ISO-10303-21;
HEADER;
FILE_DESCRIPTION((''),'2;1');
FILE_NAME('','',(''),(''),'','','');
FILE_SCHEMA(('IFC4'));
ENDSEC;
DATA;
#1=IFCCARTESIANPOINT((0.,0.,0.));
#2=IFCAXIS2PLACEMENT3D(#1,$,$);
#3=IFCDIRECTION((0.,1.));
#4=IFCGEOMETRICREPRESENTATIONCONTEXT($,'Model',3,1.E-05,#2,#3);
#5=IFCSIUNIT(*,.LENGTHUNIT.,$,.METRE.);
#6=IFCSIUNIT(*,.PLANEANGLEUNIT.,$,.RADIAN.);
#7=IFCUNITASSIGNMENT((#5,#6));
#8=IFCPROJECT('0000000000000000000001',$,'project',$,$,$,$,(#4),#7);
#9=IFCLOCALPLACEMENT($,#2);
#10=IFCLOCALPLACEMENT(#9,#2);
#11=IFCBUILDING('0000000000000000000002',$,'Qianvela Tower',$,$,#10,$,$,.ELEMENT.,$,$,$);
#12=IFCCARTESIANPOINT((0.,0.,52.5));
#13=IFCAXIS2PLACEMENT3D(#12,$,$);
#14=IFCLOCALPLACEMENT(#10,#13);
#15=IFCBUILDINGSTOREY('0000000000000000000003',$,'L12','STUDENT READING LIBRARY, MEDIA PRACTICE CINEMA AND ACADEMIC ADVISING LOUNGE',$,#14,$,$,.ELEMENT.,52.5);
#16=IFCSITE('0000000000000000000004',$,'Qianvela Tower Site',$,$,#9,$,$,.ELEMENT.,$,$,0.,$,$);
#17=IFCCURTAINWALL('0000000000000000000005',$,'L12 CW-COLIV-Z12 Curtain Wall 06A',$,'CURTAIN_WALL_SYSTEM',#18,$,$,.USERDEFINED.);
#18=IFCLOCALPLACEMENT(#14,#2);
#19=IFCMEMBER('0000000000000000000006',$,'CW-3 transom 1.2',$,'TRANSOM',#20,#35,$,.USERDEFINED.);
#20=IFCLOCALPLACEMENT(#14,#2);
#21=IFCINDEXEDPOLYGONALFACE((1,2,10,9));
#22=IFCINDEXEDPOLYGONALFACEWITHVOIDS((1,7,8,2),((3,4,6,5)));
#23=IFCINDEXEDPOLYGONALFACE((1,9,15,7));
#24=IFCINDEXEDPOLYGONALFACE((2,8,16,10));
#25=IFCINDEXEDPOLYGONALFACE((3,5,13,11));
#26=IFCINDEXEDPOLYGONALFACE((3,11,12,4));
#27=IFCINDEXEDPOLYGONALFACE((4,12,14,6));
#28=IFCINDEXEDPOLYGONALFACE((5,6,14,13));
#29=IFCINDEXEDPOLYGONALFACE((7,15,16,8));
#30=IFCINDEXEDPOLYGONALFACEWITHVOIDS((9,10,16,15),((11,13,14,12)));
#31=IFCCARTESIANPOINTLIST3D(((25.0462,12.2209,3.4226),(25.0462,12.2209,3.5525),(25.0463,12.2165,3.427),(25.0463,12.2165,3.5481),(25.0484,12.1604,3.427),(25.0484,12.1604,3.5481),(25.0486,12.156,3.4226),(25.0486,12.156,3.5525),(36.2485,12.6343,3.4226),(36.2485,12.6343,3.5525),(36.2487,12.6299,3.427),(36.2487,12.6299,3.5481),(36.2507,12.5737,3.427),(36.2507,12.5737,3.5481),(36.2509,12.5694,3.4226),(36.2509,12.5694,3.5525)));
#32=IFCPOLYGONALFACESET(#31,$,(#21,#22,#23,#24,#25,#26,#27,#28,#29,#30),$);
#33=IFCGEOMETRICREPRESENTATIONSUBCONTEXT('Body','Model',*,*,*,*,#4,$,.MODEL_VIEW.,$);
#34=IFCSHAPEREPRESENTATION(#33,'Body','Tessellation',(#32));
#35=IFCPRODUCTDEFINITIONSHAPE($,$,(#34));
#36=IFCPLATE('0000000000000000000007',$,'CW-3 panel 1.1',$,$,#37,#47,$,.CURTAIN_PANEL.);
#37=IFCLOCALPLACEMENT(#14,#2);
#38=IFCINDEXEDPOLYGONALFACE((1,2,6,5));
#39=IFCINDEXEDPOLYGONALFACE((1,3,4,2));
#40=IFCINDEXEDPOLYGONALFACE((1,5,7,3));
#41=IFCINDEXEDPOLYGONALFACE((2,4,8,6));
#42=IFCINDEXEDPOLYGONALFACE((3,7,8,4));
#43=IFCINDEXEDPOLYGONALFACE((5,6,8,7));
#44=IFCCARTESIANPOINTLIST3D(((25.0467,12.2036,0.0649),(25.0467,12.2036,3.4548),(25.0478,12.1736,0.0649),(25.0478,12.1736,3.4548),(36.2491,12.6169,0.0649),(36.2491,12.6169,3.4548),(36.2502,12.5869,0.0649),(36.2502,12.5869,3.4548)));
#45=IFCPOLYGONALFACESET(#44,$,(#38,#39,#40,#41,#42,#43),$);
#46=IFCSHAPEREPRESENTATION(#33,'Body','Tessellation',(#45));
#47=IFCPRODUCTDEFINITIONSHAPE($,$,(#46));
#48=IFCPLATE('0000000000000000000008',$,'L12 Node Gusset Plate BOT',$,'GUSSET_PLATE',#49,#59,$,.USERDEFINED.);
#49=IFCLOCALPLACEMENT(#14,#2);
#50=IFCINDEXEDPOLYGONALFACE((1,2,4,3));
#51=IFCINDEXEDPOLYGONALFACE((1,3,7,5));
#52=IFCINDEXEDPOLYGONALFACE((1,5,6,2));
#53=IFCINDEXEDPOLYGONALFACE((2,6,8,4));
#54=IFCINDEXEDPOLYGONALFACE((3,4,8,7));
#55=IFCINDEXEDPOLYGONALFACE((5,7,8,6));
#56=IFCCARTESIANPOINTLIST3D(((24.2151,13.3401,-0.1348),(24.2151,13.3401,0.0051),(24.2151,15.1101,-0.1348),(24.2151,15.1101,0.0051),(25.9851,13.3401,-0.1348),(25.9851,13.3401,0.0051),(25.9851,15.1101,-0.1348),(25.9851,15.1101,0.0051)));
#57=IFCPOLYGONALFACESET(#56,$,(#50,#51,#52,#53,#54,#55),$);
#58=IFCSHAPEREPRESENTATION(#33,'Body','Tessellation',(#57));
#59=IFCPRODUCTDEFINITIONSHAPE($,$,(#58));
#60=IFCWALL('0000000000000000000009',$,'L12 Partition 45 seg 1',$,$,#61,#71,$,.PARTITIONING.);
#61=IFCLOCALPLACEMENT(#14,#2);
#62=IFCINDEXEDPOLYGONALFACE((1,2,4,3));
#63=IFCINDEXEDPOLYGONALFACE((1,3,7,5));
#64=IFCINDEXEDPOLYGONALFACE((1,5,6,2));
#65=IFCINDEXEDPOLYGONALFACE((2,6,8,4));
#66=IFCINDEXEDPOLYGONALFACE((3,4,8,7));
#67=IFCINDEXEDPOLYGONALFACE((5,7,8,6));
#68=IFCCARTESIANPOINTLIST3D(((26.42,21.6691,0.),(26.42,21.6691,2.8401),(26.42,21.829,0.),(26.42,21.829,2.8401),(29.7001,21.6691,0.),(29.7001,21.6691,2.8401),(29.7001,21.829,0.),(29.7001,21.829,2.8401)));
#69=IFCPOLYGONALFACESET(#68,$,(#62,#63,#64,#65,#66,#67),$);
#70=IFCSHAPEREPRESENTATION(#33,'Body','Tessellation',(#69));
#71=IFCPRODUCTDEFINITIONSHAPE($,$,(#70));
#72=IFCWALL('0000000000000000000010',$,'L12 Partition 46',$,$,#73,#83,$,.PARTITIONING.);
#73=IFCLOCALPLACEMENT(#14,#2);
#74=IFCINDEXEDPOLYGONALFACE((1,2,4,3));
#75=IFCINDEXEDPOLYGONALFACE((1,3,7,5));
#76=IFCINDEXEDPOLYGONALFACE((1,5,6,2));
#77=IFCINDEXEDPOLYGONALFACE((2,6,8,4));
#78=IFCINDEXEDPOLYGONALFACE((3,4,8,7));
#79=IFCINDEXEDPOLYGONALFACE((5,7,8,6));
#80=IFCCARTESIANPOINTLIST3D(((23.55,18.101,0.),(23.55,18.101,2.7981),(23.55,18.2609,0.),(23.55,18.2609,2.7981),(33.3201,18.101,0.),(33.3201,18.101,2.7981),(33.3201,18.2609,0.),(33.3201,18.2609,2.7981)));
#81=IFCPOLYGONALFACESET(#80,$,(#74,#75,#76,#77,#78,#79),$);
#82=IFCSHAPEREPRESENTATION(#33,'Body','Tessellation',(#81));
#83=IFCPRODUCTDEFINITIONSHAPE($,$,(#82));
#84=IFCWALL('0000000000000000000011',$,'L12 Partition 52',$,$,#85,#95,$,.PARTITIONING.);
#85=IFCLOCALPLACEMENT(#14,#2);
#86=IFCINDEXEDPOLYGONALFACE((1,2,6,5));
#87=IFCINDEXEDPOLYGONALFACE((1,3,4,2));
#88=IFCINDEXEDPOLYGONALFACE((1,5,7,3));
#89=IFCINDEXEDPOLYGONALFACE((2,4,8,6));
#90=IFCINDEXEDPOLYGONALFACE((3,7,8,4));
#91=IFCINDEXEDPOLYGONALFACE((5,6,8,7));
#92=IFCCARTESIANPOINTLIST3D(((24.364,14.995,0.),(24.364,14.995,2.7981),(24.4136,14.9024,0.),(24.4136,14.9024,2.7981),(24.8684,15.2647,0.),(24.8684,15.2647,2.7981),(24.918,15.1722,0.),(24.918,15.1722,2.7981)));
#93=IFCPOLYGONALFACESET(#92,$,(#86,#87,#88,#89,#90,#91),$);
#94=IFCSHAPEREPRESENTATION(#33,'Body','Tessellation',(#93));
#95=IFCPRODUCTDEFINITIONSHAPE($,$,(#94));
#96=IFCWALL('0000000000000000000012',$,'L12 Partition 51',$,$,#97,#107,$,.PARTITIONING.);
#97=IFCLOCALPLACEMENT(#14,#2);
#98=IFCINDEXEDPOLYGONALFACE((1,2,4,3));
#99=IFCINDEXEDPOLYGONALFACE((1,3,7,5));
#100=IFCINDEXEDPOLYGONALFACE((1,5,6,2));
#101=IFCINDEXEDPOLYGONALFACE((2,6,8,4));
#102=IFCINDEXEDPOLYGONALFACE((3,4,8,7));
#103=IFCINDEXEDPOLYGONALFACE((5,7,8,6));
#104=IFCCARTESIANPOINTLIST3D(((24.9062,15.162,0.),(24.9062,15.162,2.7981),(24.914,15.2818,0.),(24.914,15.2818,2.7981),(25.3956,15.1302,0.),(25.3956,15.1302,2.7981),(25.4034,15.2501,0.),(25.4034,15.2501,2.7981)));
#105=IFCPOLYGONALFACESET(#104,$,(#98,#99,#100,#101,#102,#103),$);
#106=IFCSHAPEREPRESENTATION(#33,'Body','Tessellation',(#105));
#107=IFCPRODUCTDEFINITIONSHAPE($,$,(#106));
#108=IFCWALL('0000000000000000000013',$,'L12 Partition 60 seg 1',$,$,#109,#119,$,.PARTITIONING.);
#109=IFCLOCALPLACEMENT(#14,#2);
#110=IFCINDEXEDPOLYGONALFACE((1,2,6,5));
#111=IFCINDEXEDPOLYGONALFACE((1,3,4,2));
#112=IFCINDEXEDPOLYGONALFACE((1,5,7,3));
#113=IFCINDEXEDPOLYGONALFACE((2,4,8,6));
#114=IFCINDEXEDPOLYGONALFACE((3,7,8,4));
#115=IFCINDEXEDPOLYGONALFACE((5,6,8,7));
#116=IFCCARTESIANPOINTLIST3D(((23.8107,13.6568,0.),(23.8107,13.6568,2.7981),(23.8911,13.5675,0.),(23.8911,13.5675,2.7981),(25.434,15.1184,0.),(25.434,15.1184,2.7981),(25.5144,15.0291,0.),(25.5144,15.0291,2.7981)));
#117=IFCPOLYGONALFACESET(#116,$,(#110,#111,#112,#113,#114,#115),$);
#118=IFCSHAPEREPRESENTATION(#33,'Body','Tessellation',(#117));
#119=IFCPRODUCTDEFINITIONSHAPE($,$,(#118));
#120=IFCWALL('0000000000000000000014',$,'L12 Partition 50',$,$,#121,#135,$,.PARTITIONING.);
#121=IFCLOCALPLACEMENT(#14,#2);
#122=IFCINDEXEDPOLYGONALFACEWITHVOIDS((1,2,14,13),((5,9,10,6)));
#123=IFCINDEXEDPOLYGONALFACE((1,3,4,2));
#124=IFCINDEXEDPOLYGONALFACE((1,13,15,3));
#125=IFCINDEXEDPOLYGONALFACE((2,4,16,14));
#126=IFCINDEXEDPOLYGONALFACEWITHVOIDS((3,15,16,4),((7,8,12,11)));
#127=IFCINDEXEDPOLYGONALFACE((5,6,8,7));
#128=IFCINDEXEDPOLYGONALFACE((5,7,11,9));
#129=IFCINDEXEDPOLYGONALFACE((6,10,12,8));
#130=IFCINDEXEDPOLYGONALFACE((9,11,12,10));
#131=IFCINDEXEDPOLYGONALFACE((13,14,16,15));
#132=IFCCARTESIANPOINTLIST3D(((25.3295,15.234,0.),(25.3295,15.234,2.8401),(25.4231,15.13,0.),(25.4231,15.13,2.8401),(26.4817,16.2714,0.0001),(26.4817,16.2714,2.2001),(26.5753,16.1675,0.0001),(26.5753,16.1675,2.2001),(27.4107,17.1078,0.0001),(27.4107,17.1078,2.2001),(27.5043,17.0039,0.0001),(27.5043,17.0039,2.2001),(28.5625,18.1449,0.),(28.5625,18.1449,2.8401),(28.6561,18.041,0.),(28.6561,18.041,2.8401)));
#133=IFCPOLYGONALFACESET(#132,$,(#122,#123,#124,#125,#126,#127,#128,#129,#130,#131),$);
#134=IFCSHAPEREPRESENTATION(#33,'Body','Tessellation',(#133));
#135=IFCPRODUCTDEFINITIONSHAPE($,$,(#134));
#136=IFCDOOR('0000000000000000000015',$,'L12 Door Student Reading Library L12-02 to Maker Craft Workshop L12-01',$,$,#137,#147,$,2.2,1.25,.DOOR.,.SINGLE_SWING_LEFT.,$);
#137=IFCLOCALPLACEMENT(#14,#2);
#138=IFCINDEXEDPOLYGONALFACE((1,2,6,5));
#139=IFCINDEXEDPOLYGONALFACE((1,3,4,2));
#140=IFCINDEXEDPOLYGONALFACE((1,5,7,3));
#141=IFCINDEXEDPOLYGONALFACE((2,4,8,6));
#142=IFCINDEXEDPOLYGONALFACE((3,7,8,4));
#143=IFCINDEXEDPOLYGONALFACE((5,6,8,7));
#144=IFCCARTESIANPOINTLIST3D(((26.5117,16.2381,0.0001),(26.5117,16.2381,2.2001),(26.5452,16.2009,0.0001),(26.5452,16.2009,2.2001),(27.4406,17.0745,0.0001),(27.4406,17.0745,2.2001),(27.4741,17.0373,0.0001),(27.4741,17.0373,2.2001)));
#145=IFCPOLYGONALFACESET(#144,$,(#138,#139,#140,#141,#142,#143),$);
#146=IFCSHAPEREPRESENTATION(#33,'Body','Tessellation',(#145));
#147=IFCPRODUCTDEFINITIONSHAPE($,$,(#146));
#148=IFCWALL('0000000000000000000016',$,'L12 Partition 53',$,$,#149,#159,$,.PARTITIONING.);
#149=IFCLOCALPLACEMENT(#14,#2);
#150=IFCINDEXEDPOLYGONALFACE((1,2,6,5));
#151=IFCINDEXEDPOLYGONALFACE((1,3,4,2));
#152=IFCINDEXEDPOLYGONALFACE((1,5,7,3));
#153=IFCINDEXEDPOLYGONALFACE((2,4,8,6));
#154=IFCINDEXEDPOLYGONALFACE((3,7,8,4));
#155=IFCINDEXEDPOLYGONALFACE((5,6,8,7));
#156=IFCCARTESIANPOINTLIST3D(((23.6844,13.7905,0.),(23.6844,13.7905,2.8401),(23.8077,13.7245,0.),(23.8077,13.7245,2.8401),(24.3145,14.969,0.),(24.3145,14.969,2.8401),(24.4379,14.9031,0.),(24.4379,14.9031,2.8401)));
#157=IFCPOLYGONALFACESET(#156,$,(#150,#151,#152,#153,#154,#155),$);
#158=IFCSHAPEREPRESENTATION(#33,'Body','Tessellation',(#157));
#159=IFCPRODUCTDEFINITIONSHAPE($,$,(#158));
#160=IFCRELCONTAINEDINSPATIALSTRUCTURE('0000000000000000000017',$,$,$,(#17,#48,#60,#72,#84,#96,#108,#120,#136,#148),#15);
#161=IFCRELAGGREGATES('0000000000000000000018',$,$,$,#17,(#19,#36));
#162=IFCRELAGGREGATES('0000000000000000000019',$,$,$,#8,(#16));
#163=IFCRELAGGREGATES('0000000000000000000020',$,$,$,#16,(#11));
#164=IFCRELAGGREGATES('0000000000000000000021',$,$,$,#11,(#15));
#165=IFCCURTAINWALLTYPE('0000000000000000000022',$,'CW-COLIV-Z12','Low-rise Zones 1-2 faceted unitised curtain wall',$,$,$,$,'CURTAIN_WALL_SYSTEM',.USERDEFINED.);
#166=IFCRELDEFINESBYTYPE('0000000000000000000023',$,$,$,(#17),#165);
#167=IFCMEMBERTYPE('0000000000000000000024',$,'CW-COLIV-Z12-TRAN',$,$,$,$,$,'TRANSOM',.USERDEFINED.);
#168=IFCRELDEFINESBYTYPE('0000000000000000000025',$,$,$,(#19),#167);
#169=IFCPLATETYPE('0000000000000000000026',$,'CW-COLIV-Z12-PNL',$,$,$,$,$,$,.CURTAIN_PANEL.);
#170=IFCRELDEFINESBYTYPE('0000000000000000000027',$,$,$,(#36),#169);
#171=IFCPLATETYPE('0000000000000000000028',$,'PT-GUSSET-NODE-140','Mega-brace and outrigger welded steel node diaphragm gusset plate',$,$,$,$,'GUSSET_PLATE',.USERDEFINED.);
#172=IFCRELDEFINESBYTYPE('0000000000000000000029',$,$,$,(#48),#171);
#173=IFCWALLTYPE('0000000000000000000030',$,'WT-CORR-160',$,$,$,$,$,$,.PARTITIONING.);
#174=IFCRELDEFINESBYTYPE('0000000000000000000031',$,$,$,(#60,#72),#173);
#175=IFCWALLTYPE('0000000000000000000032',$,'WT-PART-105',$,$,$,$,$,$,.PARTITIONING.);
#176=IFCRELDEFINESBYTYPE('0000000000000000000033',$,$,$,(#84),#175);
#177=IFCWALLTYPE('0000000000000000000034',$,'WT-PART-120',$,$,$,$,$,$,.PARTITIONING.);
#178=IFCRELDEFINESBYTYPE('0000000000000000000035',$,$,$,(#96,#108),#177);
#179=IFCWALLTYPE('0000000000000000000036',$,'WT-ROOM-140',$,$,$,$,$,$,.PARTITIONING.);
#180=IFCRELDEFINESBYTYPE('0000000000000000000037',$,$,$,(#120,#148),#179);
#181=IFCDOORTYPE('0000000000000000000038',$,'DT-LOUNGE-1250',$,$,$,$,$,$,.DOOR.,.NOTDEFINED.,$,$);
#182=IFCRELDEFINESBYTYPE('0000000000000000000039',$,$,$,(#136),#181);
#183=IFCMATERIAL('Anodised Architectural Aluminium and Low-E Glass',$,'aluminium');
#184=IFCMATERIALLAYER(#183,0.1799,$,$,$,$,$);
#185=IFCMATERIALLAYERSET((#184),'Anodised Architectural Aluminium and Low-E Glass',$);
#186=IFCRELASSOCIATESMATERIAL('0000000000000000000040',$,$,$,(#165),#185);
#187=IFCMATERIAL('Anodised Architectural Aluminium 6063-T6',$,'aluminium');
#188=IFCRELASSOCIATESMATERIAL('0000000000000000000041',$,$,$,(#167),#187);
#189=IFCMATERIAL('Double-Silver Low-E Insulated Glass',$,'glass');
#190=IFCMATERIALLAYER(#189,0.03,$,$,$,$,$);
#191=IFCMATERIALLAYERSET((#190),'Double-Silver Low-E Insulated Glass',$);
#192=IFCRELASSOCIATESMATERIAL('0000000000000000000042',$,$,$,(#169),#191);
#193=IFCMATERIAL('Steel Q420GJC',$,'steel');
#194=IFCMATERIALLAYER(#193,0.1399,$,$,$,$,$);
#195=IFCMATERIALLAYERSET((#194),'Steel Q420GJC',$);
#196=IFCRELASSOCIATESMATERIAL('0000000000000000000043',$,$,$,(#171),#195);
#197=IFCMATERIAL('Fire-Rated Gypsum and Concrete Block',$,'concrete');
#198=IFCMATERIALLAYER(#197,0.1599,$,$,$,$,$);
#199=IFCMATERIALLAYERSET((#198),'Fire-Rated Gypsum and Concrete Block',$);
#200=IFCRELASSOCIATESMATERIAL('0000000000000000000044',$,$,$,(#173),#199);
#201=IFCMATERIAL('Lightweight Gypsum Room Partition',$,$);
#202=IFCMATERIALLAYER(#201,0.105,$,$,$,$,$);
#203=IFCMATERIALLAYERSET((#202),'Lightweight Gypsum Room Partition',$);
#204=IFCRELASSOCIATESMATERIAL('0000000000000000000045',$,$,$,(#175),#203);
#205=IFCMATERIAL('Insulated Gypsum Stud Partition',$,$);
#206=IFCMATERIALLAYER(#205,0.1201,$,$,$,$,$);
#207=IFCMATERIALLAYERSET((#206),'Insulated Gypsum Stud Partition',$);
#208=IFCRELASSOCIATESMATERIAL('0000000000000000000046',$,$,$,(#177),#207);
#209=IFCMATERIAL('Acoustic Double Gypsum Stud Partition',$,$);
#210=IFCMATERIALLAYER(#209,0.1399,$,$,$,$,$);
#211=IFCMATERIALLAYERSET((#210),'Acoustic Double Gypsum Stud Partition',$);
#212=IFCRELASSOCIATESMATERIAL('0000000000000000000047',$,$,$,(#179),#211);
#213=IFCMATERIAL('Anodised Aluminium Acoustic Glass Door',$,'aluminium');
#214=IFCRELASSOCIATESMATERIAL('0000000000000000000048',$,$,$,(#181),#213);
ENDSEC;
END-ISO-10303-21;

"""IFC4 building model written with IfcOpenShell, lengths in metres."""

from ifc_helpers import new_model, si_unit, direction, frame, frame_2d, origin, origin_2d, place, context, subcontext, project, spatial, rectangle, hollow_rectangle, extrude, material, layer, layer_set, material_profile, profile_set, type_object, element, fill, aggregate, save


model = new_model("IFC4")

# Units and contexts
model_context = context("Model", 3, precision=1e-05, world=origin(), true_north=direction((0.0, 1.0)))
body_context = subcontext(model_context, "Body", "Model", "MODEL_VIEW")
ifc_project = project(units=[si_unit("LENGTHUNIT", "METRE"), si_unit("PLANEANGLEUNIT", "RADIAN")], contexts=[model_context])

# Site, building, storey
site_placement = place(None, origin())
site = spatial("IfcSite", under=ifc_project, at=site_placement, Name="Qianvela Tower Site", CompositionType="ELEMENT", RefElevation=0.0)
building_placement = place(site_placement, origin())
building = spatial("IfcBuilding", under=site, at=building_placement, Name="Qianvela Tower", CompositionType="ELEMENT")
storey_placement = place(building_placement, frame((0.0, 0.0, 52.5)))
storey = spatial("IfcBuildingStorey", under=building, at=storey_placement, Name="L12", Description="STUDENT READING LIBRARY, MEDIA PRACTICE CINEMA AND ACADEMIC ADVISING LOUNGE", CompositionType="ELEMENT", Elevation=52.5)

# Curtain wall, member, plate
ifc_material_1 = material(Name="Anodised Architectural Aluminium and Low-E Glass", Category="aluminium")
ifc_layer_1 = layer(ifc_material_1, 0.1799)
ifc_layer_set_1 = layer_set([ifc_layer_1], Name="Anodised Architectural Aluminium and Low-E Glass")
curtain_wall_type = type_object("IfcCurtainWallType", Name="CW-COLIV-Z12", Description="Low-rise Zones 1-2 faceted unitised curtain wall", ElementType="CURTAIN_WALL_SYSTEM", PredefinedType="USERDEFINED", material=ifc_layer_set_1)
curtain_wall_placement = place(storey_placement, origin())
curtain_wall = element("IfcCurtainWall", 1, at=curtain_wall_placement, inside=storey, type_object=curtain_wall_type, Name="L12 CW-COLIV-Z12 Curtain Wall 06A", ObjectType="CURTAIN_WALL_SYSTEM", PredefinedType="USERDEFINED")
ifc_material_2 = material(Name="Anodised Architectural Aluminium 6063-T6", Category="aluminium")
ifc_material_profile_1 = material_profile(ifc_material_2, hollow_rectangle(XDim=0.0649, YDim=0.1299, WallThickness=0.0044, at=origin_2d()), Name="ALU-TRAN-65x130")
ifc_profile_set_1 = profile_set([ifc_material_profile_1], Name="Anodised Architectural Aluminium 6063-T6")
member_type_1 = type_object("IfcMemberType", Name="CW-COLIV-Z12-TRAN", ElementType="TRANSOM", PredefinedType="USERDEFINED", material=ifc_profile_set_1)
member_1_placement = place(storey_placement, frame((25.0474, 12.1885, 3.4875), z_axis=(0.99932, 0.036872, 0.0), x_axis=(-0.036872, 0.99932, 0.0)))
member_1 = element("IfcMember", 2, at=member_1_placement, type_object=member_type_1, Name="CW-3 transom 1.2", ObjectType="TRANSOM", PredefinedType="USERDEFINED", context=body_context, shape_type="SweptSolid", body=[
    extrude(hollow_rectangle(XDim=0.0649, YDim=0.1299, WallThickness=0.0044, at=origin_2d()), origin(), (0.0, 0.0, 1.0), 11.21),
])
ifc_material_3 = material(Name="Double-Silver Low-E Insulated Glass", Category="glass")
ifc_layer_2 = layer(ifc_material_3, 0.03)
ifc_layer_set_2 = layer_set([ifc_layer_2], Name="Double-Silver Low-E Insulated Glass")
plate_type_1 = type_object("IfcPlateType", Name="CW-COLIV-Z12-PNL", PredefinedType="CURTAIN_PANEL", material=ifc_layer_set_2)
plate_1_placement = place(storey_placement, frame((30.6484, 12.3953, 0.0649), z_axis=(0.0, 0.0, 1.0), x_axis=(0.99932, 0.036873, 0.0)))
plate_1 = element("IfcPlate", 3, at=plate_1_placement, type_object=plate_type_1, Name="CW-3 panel 1.1", PredefinedType="CURTAIN_PANEL", context=body_context, shape_type="SweptSolid", body=[
    extrude(rectangle(XDim=11.21, YDim=0.03, at=origin_2d()), origin(), (0.0, 0.0, 1.0), 3.3899),
])
aggregate(curtain_wall, [member_1, plate_1])

# Plate
ifc_material_4 = material(Name="Steel Q420GJC", Category="steel")
ifc_layer_3 = layer(ifc_material_4, 0.1399)
ifc_layer_set_3 = layer_set([ifc_layer_3], Name="Steel Q420GJC")
plate_type_2 = type_object("IfcPlateType", Name="PT-GUSSET-NODE-140", Description="Mega-brace and outrigger welded steel node diaphragm gusset plate", ElementType="GUSSET_PLATE", PredefinedType="USERDEFINED", material=ifc_layer_set_3)
plate_2_placement = place(storey_placement, frame((25.1001, 14.2251, -0.1348), z_axis=(0.0, 0.0, 1.0), x_axis=(1.0, 0.0, 0.0)))
element("IfcPlate", 4, at=plate_2_placement, inside=storey, type_object=plate_type_2, Name="L12 Node Gusset Plate BOT", ObjectType="GUSSET_PLATE", PredefinedType="USERDEFINED", context=body_context, shape_type="SweptSolid", body=[
    extrude(rectangle(XDim=1.77, YDim=1.77, at=origin_2d()), origin(), (0.0, 0.0, 1.0), 0.1399),
])

# Walls
ifc_material_5 = material(Name="Fire-Rated Gypsum and Concrete Block", Category="concrete")
ifc_layer_4 = layer(ifc_material_5, 0.1599)
ifc_layer_set_4 = layer_set([ifc_layer_4], Name="Fire-Rated Gypsum and Concrete Block")
wall_type_1 = type_object("IfcWallType", Name="WT-CORR-160", PredefinedType="PARTITIONING", material=ifc_layer_set_4)
wall_1_placement = place(storey_placement, frame((26.4199, 21.749, 0.0), z_axis=(0.0, 0.0, 1.0), x_axis=(1.0, 0.0, 0.0)))
element("IfcWall", 5, at=wall_1_placement, inside=storey, type_object=wall_type_1, Name="L12 Partition 45 seg 1", PredefinedType="PARTITIONING", context=body_context, shape_type="SweptSolid", body=[
    extrude(rectangle(XDim=3.28, YDim=0.1599, at=frame_2d((1.6401, 0.0))), origin(), (0.0, 0.0, 1.0), 2.8401),
])
wall_2_placement = place(storey_placement, frame((33.3201, 18.1809, 0.0), z_axis=(0.0, 0.0, 1.0), x_axis=(-1.0, 0.0, 0.0)))
element("IfcWall", 6, at=wall_2_placement, inside=storey, type_object=wall_type_1, Name="L12 Partition 46", PredefinedType="PARTITIONING", context=body_context, shape_type="SweptSolid", body=[
    extrude(rectangle(XDim=9.77, YDim=0.1599, at=frame_2d((4.885, 0.0))), origin(), (0.0, 0.0, 1.0), 2.7981),
])
ifc_material_6 = material(Name="Lightweight Gypsum Room Partition")
ifc_layer_5 = layer(ifc_material_6, 0.105)
ifc_layer_set_5 = layer_set([ifc_layer_5], Name="Lightweight Gypsum Room Partition")
wall_type_2 = type_object("IfcWallType", Name="WT-PART-105", PredefinedType="PARTITIONING", material=ifc_layer_set_5)
wall_3_placement = place(storey_placement, frame((24.8933, 15.2185, 0.0), z_axis=(0.0, 0.0, 1.0), x_axis=(-0.881797, -0.471629, 0.0)))
element("IfcWall", 7, at=wall_3_placement, inside=storey, type_object=wall_type_2, Name="L12 Partition 52", PredefinedType="PARTITIONING", context=body_context, shape_type="SweptSolid", body=[
    extrude(rectangle(XDim=0.572, YDim=0.105, at=frame_2d((0.2861, 0.0))), origin(), (0.0, 0.0, 1.0), 2.7981),
])
ifc_material_7 = material(Name="Insulated Gypsum Stud Partition")
ifc_layer_6 = layer(ifc_material_7, 0.1201)
ifc_layer_set_6 = layer_set([ifc_layer_6], Name="Insulated Gypsum Stud Partition")
wall_type_3 = type_object("IfcWallType", Name="WT-PART-120", PredefinedType="PARTITIONING", material=ifc_layer_set_6)
wall_4_placement = place(storey_placement, frame((25.3994, 15.1902, 0.0), z_axis=(0.0, 0.0, 1.0), x_axis=(-0.997905, 0.064702, 0.0)))
element("IfcWall", 8, at=wall_4_placement, inside=storey, type_object=wall_type_3, Name="L12 Partition 51", PredefinedType="PARTITIONING", context=body_context, shape_type="SweptSolid", body=[
    extrude(rectangle(XDim=0.4905, YDim=0.1201, at=frame_2d((0.2451, 0.0))), origin(), (0.0, 0.0, 1.0), 2.7981),
])
wall_5_placement = place(storey_placement, frame((23.8508, 13.6121, 0.0), z_axis=(0.0, 0.0, 1.0), x_axis=(0.743133, 0.669144, 0.0)))
element("IfcWall", 9, at=wall_5_placement, inside=storey, type_object=wall_type_3, Name="L12 Partition 60 seg 1", PredefinedType="PARTITIONING", context=body_context, shape_type="SweptSolid", body=[
    extrude(rectangle(XDim=2.1843, YDim=0.1201, at=frame_2d((1.0923, 0.0))), origin(), (0.0, 0.0, 1.0), 2.7981),
])

# Wall, opening, door
ifc_material_8 = material(Name="Acoustic Double Gypsum Stud Partition")
ifc_layer_7 = layer(ifc_material_8, 0.1399)
ifc_layer_set_7 = layer_set([ifc_layer_7], Name="Acoustic Double Gypsum Stud Partition")
wall_type_4 = type_object("IfcWallType", Name="WT-ROOM-140", PredefinedType="PARTITIONING", material=ifc_layer_set_7)
wall_6_placement = place(storey_placement, frame((28.6094, 18.093, 0.0), z_axis=(0.0, 0.0, 1.0), x_axis=(-0.743149, -0.669126, 0.0)))
wall_6 = element("IfcWall", 10, at=wall_6_placement, inside=storey, type_object=wall_type_4, Name="L12 Partition 50", PredefinedType="PARTITIONING", context=body_context, shape_type="SweptSolid", body=[
    extrude(rectangle(XDim=4.3503, YDim=0.1399, at=frame_2d((2.1753, 0.0))), origin(), (0.0, 0.0, 1.0), 2.8401),
])
opening_placement = place(wall_6_placement, frame((1.55, 0.0, 0.0)))
opening = element("IfcOpeningElement", 11, at=opening_placement, cuts=wall_6, PredefinedType="OPENING", context=body_context, shape_type="SweptSolid", body=[
    extrude(rectangle(XDim=1.25, YDim=2.2, at=frame_2d((0.625, 1.1001))), frame((0.0, 0.0798, 0.0), z_axis=(0.0, -1.0, 0.0), x_axis=(1.0, 0.0, 0.0)), (0.0, 0.0, 1.0), 0.1599),
])
ifc_material_9 = material(Name="Anodised Aluminium Acoustic Glass Door", Category="aluminium")
door_type = type_object("IfcDoorType", Name="DT-LOUNGE-1250", OperationType="NOTDEFINED", PredefinedType="DOOR", material=ifc_material_9)
door_placement = place(opening_placement, origin())
door = element("IfcDoor", 12, at=door_placement, inside=storey, type_object=door_type, Name="L12 Door Student Reading Library L12-02 to Maker Craft Workshop L12-01", OperationType="SINGLE_SWING_LEFT", OverallHeight=2.2, OverallWidth=1.25, PredefinedType="DOOR", context=body_context, shape_type="SweptSolid", body=[
    extrude(rectangle(XDim=1.25, YDim=2.2, at=frame_2d((0.625, 1.1001))), frame((0.0, 0.0249, 0.0), z_axis=(0.0, -1.0, 0.0), x_axis=(1.0, 0.0, 0.0)), (0.0, 0.0, 1.0), 0.05),
])
fill(opening, door)

# Wall
wall_7_placement = place(storey_placement, frame((24.3762, 14.936, 0.0), z_axis=(0.0, 0.0, 1.0), x_axis=(-0.471527, -0.881852, 0.0)))
element("IfcWall", 13, at=wall_7_placement, inside=storey, type_object=wall_type_4, Name="L12 Partition 53", PredefinedType="PARTITIONING", context=body_context, shape_type="SweptSolid", body=[
    extrude(rectangle(XDim=1.3364, YDim=0.1399, at=frame_2d((0.6682, 0.0))), origin(), (0.0, 0.0, 1.0), 2.8401),
])

save(model, "model.ifc")
